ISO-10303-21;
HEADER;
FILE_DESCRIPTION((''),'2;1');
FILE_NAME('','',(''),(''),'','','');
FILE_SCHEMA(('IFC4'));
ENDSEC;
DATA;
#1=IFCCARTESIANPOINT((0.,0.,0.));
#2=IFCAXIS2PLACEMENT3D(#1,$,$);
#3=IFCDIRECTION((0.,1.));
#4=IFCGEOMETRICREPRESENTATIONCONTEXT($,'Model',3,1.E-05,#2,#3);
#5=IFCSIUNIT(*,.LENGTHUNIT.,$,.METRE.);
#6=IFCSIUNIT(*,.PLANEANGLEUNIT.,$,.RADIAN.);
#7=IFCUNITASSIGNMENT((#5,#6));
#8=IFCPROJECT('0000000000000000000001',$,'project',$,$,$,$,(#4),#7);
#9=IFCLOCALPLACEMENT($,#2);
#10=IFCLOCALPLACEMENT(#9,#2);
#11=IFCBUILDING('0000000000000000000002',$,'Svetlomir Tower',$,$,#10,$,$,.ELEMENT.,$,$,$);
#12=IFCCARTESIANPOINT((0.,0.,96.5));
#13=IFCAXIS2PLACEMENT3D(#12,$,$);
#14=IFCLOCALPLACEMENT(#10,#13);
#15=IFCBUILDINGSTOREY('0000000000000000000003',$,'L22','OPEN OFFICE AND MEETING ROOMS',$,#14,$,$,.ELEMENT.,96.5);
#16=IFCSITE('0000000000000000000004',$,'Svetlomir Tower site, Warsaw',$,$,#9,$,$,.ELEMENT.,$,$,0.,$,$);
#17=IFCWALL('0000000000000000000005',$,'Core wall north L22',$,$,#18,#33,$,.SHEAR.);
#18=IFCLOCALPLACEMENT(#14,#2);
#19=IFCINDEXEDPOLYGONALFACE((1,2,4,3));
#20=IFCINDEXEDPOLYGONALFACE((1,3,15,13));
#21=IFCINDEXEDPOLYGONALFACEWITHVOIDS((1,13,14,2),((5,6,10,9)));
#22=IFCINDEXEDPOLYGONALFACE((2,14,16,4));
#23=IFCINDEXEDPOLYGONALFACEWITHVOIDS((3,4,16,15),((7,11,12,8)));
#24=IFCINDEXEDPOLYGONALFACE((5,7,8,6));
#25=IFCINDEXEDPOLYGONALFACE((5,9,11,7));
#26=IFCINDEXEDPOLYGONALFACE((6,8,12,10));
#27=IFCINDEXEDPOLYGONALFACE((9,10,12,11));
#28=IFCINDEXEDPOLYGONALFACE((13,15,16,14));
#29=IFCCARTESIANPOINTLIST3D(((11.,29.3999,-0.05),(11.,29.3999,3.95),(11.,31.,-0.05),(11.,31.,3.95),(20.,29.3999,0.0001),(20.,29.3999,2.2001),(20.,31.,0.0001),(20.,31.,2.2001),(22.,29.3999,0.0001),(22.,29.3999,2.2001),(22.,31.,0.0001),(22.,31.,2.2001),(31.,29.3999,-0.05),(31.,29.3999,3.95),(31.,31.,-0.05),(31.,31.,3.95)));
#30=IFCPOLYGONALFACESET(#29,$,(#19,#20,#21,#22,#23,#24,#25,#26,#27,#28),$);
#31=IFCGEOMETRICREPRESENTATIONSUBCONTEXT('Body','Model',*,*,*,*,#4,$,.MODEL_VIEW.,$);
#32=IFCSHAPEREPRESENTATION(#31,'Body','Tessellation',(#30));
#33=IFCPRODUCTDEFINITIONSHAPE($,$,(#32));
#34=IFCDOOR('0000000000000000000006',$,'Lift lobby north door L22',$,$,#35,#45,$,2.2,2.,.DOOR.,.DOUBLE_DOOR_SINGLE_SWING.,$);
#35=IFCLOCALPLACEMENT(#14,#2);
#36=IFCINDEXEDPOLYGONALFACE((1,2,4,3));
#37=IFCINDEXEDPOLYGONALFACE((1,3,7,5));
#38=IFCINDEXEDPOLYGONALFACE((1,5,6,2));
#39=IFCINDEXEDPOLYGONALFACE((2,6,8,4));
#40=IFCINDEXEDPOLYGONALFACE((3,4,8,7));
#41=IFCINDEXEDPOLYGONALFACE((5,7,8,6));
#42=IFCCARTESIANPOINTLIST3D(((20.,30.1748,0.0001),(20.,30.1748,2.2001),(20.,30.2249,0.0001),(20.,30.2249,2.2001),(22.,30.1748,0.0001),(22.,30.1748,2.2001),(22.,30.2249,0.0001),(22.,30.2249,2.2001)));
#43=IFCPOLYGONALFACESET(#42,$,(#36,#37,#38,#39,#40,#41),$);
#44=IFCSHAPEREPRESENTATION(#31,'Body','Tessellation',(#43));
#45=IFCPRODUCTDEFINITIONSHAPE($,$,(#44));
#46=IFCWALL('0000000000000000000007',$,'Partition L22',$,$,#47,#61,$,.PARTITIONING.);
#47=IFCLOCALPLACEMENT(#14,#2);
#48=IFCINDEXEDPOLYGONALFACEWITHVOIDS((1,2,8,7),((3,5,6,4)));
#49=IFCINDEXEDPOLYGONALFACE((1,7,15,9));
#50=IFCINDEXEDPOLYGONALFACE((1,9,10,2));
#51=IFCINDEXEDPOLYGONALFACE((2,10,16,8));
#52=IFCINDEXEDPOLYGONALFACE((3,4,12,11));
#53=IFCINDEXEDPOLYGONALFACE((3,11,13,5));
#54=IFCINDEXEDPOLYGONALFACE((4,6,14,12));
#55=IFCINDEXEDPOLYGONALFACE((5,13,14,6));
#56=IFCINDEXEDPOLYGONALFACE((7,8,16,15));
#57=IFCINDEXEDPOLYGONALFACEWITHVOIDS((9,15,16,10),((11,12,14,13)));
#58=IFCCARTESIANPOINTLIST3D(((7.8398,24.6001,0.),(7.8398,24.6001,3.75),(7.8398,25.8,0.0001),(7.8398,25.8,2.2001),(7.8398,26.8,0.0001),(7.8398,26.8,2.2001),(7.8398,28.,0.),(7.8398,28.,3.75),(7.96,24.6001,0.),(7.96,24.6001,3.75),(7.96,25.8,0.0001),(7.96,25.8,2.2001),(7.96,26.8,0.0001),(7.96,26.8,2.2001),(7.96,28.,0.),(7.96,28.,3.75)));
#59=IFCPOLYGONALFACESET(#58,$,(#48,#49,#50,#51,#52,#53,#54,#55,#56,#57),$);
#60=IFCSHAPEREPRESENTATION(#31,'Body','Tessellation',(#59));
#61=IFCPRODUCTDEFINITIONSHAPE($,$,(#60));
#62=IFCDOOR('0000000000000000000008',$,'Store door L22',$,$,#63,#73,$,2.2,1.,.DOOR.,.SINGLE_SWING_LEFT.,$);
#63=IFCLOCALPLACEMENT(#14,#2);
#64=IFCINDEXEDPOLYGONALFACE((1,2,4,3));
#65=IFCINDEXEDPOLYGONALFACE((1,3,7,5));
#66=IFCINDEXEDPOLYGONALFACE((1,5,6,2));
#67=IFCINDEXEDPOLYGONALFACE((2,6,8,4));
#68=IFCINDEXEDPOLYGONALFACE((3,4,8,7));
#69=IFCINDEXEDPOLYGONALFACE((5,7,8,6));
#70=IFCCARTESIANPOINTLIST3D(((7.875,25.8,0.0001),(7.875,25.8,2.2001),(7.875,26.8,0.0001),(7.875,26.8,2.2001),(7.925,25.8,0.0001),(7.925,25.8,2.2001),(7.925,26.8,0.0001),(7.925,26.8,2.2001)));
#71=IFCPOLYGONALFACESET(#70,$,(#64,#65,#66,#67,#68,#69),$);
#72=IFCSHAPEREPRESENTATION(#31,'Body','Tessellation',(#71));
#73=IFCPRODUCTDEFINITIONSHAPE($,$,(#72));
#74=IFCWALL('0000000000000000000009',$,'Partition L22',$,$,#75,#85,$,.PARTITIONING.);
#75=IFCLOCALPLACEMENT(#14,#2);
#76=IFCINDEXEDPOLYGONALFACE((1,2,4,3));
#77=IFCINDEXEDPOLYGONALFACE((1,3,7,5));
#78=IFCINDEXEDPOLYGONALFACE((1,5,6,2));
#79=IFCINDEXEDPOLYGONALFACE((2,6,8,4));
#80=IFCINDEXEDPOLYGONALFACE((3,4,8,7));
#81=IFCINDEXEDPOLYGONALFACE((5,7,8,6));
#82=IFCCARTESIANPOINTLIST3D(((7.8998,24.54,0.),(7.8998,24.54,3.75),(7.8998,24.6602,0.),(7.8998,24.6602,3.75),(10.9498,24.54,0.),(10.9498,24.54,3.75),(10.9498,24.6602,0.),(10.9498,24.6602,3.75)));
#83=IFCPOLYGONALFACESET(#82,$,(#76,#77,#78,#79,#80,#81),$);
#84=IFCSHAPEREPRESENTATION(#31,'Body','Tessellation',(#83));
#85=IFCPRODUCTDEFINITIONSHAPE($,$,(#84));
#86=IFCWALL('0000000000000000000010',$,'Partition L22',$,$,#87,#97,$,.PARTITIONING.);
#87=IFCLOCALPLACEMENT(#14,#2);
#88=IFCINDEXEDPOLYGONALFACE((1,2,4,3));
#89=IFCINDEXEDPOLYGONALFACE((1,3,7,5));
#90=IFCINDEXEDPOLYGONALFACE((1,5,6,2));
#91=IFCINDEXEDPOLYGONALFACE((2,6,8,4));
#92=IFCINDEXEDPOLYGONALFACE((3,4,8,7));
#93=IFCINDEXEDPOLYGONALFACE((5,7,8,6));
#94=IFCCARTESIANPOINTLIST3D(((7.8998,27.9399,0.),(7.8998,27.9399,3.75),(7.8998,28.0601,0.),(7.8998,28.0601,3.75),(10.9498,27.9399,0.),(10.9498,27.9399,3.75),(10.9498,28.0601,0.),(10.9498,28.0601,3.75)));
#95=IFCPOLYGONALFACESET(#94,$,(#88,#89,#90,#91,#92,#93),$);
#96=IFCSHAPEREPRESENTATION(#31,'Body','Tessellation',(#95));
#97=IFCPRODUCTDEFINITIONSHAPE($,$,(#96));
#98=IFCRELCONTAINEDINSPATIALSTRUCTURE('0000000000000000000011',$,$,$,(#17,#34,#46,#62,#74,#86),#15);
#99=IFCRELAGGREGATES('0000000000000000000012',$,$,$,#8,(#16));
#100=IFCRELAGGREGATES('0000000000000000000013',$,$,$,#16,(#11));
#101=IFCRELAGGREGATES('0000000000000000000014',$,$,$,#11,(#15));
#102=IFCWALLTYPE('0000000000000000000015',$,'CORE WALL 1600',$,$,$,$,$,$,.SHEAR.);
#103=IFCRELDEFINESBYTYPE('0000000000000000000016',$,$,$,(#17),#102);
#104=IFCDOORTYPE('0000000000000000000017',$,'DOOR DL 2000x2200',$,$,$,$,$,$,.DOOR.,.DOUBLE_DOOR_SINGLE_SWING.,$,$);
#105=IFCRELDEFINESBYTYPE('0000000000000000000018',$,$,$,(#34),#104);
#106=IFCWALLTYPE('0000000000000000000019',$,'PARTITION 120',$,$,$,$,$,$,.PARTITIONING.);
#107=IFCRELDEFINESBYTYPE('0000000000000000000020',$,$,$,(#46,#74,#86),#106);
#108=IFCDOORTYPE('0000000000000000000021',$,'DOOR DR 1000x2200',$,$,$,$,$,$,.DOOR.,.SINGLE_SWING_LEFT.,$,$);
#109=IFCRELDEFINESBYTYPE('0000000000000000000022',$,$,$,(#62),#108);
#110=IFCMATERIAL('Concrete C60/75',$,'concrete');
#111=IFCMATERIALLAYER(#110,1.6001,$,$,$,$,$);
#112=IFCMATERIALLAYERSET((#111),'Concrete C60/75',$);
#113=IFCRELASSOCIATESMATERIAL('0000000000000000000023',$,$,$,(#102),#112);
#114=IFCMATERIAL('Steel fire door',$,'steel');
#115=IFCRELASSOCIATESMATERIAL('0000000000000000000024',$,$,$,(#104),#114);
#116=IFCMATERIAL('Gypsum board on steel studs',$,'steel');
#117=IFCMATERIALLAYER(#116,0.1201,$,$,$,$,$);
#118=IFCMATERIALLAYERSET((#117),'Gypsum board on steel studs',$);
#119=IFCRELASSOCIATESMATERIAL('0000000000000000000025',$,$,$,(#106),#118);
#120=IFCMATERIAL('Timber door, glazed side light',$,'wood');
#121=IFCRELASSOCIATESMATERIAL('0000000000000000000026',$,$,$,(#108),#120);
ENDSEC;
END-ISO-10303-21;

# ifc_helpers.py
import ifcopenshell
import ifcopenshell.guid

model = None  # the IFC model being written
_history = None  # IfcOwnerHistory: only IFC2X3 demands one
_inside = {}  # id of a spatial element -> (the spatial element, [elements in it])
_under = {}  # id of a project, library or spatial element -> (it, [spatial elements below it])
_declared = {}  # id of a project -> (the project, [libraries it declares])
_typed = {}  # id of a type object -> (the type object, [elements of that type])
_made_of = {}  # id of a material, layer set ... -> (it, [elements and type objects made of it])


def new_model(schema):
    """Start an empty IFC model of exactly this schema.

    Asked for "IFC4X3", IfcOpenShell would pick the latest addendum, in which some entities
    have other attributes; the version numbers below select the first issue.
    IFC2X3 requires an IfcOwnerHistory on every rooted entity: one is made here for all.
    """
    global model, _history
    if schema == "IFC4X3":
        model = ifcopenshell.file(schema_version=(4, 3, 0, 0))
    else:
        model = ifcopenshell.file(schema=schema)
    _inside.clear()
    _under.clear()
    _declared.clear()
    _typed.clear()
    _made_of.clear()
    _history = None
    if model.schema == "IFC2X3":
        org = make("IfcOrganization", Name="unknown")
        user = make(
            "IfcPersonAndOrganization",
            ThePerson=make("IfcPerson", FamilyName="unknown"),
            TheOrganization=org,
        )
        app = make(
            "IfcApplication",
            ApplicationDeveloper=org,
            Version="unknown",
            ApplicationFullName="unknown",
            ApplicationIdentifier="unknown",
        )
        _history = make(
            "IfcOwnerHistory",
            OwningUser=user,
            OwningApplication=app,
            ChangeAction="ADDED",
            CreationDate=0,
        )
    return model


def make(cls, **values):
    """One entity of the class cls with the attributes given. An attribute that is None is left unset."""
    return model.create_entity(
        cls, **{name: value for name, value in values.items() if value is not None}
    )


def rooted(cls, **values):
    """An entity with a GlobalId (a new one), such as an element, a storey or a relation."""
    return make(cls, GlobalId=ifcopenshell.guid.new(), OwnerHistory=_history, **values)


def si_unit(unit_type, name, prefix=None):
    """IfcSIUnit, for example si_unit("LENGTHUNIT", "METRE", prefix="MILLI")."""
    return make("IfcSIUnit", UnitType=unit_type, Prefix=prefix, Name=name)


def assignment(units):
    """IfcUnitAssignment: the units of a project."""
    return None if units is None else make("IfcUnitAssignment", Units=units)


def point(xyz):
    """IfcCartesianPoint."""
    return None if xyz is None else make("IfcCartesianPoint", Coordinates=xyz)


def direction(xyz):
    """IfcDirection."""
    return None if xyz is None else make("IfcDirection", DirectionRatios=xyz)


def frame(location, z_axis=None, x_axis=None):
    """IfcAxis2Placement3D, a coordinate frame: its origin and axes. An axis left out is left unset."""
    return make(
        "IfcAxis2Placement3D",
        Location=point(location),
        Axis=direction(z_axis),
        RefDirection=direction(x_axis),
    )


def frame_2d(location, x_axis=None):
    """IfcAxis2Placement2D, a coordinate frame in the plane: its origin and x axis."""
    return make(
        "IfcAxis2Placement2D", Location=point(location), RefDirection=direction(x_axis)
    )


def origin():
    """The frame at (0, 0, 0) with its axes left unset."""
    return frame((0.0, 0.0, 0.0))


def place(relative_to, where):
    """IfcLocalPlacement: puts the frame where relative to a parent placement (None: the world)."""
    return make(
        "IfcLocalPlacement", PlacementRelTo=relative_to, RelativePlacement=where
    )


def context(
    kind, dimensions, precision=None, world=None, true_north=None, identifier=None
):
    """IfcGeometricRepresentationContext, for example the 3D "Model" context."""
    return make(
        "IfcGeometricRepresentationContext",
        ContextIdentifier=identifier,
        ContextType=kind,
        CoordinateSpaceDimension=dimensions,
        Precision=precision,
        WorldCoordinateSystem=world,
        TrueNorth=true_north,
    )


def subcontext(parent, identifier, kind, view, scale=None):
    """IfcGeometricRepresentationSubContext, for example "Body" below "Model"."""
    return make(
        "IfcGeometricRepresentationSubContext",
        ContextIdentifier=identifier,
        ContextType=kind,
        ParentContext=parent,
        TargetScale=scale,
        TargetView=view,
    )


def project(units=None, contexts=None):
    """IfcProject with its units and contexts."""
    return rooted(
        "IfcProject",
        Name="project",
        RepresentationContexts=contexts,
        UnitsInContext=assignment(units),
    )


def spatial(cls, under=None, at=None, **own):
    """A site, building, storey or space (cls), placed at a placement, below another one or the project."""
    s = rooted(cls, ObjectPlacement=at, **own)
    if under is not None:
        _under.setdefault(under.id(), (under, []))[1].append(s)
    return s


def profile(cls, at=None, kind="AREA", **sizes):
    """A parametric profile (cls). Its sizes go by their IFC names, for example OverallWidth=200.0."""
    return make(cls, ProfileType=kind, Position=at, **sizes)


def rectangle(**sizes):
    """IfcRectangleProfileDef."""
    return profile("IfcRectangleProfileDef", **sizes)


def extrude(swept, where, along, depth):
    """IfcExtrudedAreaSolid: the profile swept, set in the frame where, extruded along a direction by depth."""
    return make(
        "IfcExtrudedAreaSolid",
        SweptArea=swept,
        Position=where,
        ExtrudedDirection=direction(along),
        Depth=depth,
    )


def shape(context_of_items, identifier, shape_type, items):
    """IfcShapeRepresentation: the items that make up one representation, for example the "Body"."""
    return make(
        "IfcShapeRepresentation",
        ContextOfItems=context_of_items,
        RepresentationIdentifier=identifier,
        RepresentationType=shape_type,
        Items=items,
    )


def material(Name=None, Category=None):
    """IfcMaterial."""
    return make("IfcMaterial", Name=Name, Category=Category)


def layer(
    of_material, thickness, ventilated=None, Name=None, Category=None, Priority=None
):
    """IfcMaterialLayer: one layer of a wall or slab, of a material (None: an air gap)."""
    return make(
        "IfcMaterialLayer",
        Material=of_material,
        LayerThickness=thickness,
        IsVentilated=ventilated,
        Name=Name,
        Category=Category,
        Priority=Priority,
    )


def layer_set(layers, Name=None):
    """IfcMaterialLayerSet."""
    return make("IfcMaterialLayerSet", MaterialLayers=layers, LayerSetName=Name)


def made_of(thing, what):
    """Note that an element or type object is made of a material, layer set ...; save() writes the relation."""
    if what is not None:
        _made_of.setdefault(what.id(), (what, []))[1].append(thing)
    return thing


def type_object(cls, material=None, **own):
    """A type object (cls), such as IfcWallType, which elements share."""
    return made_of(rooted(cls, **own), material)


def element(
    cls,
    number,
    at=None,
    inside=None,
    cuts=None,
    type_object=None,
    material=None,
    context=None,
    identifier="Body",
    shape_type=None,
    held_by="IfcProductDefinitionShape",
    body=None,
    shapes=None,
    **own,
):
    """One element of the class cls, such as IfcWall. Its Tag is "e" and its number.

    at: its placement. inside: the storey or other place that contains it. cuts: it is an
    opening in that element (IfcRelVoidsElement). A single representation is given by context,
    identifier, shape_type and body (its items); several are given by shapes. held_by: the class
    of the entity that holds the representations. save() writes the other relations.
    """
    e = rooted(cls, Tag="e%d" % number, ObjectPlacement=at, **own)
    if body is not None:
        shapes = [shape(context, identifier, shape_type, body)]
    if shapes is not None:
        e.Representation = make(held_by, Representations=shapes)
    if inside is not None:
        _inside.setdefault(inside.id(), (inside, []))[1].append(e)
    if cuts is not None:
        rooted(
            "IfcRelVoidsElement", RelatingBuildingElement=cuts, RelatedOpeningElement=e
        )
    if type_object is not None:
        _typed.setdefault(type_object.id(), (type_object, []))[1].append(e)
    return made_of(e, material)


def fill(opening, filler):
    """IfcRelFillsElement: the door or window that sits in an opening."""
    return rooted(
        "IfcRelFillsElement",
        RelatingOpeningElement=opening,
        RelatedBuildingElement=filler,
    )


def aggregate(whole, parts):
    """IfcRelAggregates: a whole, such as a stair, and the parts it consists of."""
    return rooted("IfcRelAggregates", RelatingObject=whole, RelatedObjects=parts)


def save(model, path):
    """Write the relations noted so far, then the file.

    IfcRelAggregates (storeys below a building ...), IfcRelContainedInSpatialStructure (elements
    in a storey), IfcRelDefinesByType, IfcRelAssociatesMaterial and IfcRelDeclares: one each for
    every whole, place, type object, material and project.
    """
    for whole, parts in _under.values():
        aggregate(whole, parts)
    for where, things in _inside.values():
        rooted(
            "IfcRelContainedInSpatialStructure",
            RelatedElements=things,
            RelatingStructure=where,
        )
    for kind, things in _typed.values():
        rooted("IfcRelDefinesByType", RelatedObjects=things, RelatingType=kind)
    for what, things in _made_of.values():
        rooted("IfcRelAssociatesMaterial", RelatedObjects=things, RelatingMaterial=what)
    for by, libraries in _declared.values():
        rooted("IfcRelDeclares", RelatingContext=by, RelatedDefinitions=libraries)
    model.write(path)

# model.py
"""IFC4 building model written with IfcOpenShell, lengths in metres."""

from ifc_helpers import new_model, si_unit, direction, frame, frame_2d, origin, place, context, subcontext, project, spatial, rectangle, extrude, material, layer, layer_set, type_object, element, fill, save


model = new_model("IFC4")

# Units and contexts
model_context = context("Model", 3, precision=1e-05, world=origin(), true_north=direction((0.0, 1.0)))
body_context = subcontext(model_context, "Body", "Model", "MODEL_VIEW")
ifc_project = project(units=[si_unit("LENGTHUNIT", "METRE"), si_unit("PLANEANGLEUNIT", "RADIAN")], contexts=[model_context])

# Site, building, storey
site_placement = place(None, origin())
site = spatial("IfcSite", under=ifc_project, at=site_placement, Name="Svetlomir Tower site, Warsaw", CompositionType="ELEMENT", RefElevation=0.0)
building_placement = place(site_placement, origin())
building = spatial("IfcBuilding", under=site, at=building_placement, Name="Svetlomir Tower", CompositionType="ELEMENT")
storey_placement = place(building_placement, frame((0.0, 0.0, 96.5)))
storey = spatial("IfcBuildingStorey", under=building, at=storey_placement, Name="L22", Description="OPEN OFFICE AND MEETING ROOMS", CompositionType="ELEMENT", Elevation=96.5)

# Walls, openings, doors
ifc_material_1 = material(Name="Concrete C60/75", Category="concrete")
ifc_layer_1 = layer(ifc_material_1, 1.6001)
ifc_layer_set_1 = layer_set([ifc_layer_1], Name="Concrete C60/75")
wall_type_1 = type_object("IfcWallType", Name="CORE WALL 1600", PredefinedType="SHEAR", material=ifc_layer_set_1)
wall_1_placement = place(storey_placement, frame((11.0, 30.2, -0.05), z_axis=(0.0, 0.0, 1.0), x_axis=(1.0, 0.0, 0.0)))
wall_1 = element("IfcWall", 1, at=wall_1_placement, inside=storey, type_object=wall_type_1, Name="Core wall north L22", PredefinedType="SHEAR", context=body_context, shape_type="SweptSolid", body=[
    extrude(rectangle(XDim=20.0, YDim=1.6001, at=frame_2d((10.0, 0.0))), origin(), (0.0, 0.0, 1.0), 4.0),
])
opening_1_placement = place(wall_1_placement, frame((9.0, 0.0, 0.05)))
opening_1 = element("IfcOpeningElement", 2, at=opening_1_placement, cuts=wall_1, PredefinedType="OPENING", context=body_context, shape_type="SweptSolid", body=[
    extrude(rectangle(XDim=2.0, YDim=2.2, at=frame_2d((1.0, 1.1001))), frame((0.0, 0.8101, 0.0), z_axis=(0.0, -1.0, 0.0), x_axis=(1.0, 0.0, 0.0)), (0.0, 0.0, 1.0), 1.6201),
])
ifc_material_2 = material(Name="Steel fire door", Category="steel")
door_type_1 = type_object("IfcDoorType", Name="DOOR DL 2000x2200", OperationType="DOUBLE_DOOR_SINGLE_SWING", PredefinedType="DOOR", material=ifc_material_2)
door_1_placement = place(opening_1_placement, origin())
door_1 = element("IfcDoor", 3, at=door_1_placement, inside=storey, type_object=door_type_1, Name="Lift lobby north door L22", OperationType="DOUBLE_DOOR_SINGLE_SWING", OverallHeight=2.2, OverallWidth=2.0, PredefinedType="DOOR", context=body_context, shape_type="SweptSolid", body=[
    extrude(rectangle(XDim=2.0, YDim=2.2, at=frame_2d((1.0, 1.1001))), frame((0.0, 0.0249, 0.0), z_axis=(0.0, -1.0, 0.0), x_axis=(1.0, 0.0, 0.0)), (0.0, 0.0, 1.0), 0.05),
])
fill(opening_1, door_1)
ifc_material_3 = material(Name="Gypsum board on steel studs", Category="steel")
ifc_layer_2 = layer(ifc_material_3, 0.1201)
ifc_layer_set_2 = layer_set([ifc_layer_2], Name="Gypsum board on steel studs")
wall_type_2 = type_object("IfcWallType", Name="PARTITION 120", PredefinedType="PARTITIONING", material=ifc_layer_set_2)
wall_2_placement = place(storey_placement, frame((7.8999, 24.6001, 0.0), z_axis=(0.0, 0.0, 1.0), x_axis=(0.0, 1.0, 0.0)))
wall_2 = element("IfcWall", 4, at=wall_2_placement, inside=storey, type_object=wall_type_2, Name="Partition L22", PredefinedType="PARTITIONING", context=body_context, shape_type="SweptSolid", body=[
    extrude(rectangle(XDim=3.3999, YDim=0.1201, at=frame_2d((1.7, 0.0))), origin(), (0.0, 0.0, 1.0), 3.75),
])
opening_2_placement = place(wall_2_placement, frame((1.2, 0.0, 0.0)))
opening_2 = element("IfcOpeningElement", 5, at=opening_2_placement, cuts=wall_2, PredefinedType="OPENING", context=body_context, shape_type="SweptSolid", body=[
    extrude(rectangle(XDim=1.0, YDim=2.2, at=frame_2d((0.5, 1.1001))), frame((0.0, 0.0701, 0.0), z_axis=(0.0, -1.0, 0.0), x_axis=(1.0, 0.0, 0.0)), (0.0, 0.0, 1.0), 0.1401),
])
ifc_material_4 = material(Name="Timber door, glazed side light", Category="wood")
door_type_2 = type_object("IfcDoorType", Name="DOOR DR 1000x2200", OperationType="SINGLE_SWING_LEFT", PredefinedType="DOOR", material=ifc_material_4)
door_2_placement = place(opening_2_placement, origin())
door_2 = element("IfcDoor", 6, at=door_2_placement, inside=storey, type_object=door_type_2, Name="Store door L22", OperationType="SINGLE_SWING_LEFT", OverallHeight=2.2, OverallWidth=1.0, PredefinedType="DOOR", context=body_context, shape_type="SweptSolid", body=[
    extrude(rectangle(XDim=1.0, YDim=2.2, at=frame_2d((0.5, 1.1001))), frame((0.0, 0.0249, 0.0), z_axis=(0.0, -1.0, 0.0), x_axis=(1.0, 0.0, 0.0)), (0.0, 0.0, 1.0), 0.05),
])
fill(opening_2, door_2)

# Walls
for number, where, z_axis, x_axis, name in (
    (7, (7.8999, 24.6001, 0.0), (0.0, 0.0, 1.0), (1.0, 0.0, 0.0), "Partition L22"),
    (8, (7.8999, 28.0, 0.0), (0.0, 0.0, 1.0), (1.0, 0.0, 0.0), "Partition L22"),
):
    element("IfcWall", number, at=place(storey_placement, frame(where, z_axis=z_axis, x_axis=x_axis)), inside=storey, type_object=wall_type_2, Name=name, PredefinedType="PARTITIONING", context=body_context, shape_type="SweptSolid", body=[
        extrude(rectangle(XDim=3.05, YDim=0.1201, at=frame_2d((1.5249, 0.0))), origin(), (0.0, 0.0, 1.0), 3.75),
    ])

save(model, "model.ifc")
